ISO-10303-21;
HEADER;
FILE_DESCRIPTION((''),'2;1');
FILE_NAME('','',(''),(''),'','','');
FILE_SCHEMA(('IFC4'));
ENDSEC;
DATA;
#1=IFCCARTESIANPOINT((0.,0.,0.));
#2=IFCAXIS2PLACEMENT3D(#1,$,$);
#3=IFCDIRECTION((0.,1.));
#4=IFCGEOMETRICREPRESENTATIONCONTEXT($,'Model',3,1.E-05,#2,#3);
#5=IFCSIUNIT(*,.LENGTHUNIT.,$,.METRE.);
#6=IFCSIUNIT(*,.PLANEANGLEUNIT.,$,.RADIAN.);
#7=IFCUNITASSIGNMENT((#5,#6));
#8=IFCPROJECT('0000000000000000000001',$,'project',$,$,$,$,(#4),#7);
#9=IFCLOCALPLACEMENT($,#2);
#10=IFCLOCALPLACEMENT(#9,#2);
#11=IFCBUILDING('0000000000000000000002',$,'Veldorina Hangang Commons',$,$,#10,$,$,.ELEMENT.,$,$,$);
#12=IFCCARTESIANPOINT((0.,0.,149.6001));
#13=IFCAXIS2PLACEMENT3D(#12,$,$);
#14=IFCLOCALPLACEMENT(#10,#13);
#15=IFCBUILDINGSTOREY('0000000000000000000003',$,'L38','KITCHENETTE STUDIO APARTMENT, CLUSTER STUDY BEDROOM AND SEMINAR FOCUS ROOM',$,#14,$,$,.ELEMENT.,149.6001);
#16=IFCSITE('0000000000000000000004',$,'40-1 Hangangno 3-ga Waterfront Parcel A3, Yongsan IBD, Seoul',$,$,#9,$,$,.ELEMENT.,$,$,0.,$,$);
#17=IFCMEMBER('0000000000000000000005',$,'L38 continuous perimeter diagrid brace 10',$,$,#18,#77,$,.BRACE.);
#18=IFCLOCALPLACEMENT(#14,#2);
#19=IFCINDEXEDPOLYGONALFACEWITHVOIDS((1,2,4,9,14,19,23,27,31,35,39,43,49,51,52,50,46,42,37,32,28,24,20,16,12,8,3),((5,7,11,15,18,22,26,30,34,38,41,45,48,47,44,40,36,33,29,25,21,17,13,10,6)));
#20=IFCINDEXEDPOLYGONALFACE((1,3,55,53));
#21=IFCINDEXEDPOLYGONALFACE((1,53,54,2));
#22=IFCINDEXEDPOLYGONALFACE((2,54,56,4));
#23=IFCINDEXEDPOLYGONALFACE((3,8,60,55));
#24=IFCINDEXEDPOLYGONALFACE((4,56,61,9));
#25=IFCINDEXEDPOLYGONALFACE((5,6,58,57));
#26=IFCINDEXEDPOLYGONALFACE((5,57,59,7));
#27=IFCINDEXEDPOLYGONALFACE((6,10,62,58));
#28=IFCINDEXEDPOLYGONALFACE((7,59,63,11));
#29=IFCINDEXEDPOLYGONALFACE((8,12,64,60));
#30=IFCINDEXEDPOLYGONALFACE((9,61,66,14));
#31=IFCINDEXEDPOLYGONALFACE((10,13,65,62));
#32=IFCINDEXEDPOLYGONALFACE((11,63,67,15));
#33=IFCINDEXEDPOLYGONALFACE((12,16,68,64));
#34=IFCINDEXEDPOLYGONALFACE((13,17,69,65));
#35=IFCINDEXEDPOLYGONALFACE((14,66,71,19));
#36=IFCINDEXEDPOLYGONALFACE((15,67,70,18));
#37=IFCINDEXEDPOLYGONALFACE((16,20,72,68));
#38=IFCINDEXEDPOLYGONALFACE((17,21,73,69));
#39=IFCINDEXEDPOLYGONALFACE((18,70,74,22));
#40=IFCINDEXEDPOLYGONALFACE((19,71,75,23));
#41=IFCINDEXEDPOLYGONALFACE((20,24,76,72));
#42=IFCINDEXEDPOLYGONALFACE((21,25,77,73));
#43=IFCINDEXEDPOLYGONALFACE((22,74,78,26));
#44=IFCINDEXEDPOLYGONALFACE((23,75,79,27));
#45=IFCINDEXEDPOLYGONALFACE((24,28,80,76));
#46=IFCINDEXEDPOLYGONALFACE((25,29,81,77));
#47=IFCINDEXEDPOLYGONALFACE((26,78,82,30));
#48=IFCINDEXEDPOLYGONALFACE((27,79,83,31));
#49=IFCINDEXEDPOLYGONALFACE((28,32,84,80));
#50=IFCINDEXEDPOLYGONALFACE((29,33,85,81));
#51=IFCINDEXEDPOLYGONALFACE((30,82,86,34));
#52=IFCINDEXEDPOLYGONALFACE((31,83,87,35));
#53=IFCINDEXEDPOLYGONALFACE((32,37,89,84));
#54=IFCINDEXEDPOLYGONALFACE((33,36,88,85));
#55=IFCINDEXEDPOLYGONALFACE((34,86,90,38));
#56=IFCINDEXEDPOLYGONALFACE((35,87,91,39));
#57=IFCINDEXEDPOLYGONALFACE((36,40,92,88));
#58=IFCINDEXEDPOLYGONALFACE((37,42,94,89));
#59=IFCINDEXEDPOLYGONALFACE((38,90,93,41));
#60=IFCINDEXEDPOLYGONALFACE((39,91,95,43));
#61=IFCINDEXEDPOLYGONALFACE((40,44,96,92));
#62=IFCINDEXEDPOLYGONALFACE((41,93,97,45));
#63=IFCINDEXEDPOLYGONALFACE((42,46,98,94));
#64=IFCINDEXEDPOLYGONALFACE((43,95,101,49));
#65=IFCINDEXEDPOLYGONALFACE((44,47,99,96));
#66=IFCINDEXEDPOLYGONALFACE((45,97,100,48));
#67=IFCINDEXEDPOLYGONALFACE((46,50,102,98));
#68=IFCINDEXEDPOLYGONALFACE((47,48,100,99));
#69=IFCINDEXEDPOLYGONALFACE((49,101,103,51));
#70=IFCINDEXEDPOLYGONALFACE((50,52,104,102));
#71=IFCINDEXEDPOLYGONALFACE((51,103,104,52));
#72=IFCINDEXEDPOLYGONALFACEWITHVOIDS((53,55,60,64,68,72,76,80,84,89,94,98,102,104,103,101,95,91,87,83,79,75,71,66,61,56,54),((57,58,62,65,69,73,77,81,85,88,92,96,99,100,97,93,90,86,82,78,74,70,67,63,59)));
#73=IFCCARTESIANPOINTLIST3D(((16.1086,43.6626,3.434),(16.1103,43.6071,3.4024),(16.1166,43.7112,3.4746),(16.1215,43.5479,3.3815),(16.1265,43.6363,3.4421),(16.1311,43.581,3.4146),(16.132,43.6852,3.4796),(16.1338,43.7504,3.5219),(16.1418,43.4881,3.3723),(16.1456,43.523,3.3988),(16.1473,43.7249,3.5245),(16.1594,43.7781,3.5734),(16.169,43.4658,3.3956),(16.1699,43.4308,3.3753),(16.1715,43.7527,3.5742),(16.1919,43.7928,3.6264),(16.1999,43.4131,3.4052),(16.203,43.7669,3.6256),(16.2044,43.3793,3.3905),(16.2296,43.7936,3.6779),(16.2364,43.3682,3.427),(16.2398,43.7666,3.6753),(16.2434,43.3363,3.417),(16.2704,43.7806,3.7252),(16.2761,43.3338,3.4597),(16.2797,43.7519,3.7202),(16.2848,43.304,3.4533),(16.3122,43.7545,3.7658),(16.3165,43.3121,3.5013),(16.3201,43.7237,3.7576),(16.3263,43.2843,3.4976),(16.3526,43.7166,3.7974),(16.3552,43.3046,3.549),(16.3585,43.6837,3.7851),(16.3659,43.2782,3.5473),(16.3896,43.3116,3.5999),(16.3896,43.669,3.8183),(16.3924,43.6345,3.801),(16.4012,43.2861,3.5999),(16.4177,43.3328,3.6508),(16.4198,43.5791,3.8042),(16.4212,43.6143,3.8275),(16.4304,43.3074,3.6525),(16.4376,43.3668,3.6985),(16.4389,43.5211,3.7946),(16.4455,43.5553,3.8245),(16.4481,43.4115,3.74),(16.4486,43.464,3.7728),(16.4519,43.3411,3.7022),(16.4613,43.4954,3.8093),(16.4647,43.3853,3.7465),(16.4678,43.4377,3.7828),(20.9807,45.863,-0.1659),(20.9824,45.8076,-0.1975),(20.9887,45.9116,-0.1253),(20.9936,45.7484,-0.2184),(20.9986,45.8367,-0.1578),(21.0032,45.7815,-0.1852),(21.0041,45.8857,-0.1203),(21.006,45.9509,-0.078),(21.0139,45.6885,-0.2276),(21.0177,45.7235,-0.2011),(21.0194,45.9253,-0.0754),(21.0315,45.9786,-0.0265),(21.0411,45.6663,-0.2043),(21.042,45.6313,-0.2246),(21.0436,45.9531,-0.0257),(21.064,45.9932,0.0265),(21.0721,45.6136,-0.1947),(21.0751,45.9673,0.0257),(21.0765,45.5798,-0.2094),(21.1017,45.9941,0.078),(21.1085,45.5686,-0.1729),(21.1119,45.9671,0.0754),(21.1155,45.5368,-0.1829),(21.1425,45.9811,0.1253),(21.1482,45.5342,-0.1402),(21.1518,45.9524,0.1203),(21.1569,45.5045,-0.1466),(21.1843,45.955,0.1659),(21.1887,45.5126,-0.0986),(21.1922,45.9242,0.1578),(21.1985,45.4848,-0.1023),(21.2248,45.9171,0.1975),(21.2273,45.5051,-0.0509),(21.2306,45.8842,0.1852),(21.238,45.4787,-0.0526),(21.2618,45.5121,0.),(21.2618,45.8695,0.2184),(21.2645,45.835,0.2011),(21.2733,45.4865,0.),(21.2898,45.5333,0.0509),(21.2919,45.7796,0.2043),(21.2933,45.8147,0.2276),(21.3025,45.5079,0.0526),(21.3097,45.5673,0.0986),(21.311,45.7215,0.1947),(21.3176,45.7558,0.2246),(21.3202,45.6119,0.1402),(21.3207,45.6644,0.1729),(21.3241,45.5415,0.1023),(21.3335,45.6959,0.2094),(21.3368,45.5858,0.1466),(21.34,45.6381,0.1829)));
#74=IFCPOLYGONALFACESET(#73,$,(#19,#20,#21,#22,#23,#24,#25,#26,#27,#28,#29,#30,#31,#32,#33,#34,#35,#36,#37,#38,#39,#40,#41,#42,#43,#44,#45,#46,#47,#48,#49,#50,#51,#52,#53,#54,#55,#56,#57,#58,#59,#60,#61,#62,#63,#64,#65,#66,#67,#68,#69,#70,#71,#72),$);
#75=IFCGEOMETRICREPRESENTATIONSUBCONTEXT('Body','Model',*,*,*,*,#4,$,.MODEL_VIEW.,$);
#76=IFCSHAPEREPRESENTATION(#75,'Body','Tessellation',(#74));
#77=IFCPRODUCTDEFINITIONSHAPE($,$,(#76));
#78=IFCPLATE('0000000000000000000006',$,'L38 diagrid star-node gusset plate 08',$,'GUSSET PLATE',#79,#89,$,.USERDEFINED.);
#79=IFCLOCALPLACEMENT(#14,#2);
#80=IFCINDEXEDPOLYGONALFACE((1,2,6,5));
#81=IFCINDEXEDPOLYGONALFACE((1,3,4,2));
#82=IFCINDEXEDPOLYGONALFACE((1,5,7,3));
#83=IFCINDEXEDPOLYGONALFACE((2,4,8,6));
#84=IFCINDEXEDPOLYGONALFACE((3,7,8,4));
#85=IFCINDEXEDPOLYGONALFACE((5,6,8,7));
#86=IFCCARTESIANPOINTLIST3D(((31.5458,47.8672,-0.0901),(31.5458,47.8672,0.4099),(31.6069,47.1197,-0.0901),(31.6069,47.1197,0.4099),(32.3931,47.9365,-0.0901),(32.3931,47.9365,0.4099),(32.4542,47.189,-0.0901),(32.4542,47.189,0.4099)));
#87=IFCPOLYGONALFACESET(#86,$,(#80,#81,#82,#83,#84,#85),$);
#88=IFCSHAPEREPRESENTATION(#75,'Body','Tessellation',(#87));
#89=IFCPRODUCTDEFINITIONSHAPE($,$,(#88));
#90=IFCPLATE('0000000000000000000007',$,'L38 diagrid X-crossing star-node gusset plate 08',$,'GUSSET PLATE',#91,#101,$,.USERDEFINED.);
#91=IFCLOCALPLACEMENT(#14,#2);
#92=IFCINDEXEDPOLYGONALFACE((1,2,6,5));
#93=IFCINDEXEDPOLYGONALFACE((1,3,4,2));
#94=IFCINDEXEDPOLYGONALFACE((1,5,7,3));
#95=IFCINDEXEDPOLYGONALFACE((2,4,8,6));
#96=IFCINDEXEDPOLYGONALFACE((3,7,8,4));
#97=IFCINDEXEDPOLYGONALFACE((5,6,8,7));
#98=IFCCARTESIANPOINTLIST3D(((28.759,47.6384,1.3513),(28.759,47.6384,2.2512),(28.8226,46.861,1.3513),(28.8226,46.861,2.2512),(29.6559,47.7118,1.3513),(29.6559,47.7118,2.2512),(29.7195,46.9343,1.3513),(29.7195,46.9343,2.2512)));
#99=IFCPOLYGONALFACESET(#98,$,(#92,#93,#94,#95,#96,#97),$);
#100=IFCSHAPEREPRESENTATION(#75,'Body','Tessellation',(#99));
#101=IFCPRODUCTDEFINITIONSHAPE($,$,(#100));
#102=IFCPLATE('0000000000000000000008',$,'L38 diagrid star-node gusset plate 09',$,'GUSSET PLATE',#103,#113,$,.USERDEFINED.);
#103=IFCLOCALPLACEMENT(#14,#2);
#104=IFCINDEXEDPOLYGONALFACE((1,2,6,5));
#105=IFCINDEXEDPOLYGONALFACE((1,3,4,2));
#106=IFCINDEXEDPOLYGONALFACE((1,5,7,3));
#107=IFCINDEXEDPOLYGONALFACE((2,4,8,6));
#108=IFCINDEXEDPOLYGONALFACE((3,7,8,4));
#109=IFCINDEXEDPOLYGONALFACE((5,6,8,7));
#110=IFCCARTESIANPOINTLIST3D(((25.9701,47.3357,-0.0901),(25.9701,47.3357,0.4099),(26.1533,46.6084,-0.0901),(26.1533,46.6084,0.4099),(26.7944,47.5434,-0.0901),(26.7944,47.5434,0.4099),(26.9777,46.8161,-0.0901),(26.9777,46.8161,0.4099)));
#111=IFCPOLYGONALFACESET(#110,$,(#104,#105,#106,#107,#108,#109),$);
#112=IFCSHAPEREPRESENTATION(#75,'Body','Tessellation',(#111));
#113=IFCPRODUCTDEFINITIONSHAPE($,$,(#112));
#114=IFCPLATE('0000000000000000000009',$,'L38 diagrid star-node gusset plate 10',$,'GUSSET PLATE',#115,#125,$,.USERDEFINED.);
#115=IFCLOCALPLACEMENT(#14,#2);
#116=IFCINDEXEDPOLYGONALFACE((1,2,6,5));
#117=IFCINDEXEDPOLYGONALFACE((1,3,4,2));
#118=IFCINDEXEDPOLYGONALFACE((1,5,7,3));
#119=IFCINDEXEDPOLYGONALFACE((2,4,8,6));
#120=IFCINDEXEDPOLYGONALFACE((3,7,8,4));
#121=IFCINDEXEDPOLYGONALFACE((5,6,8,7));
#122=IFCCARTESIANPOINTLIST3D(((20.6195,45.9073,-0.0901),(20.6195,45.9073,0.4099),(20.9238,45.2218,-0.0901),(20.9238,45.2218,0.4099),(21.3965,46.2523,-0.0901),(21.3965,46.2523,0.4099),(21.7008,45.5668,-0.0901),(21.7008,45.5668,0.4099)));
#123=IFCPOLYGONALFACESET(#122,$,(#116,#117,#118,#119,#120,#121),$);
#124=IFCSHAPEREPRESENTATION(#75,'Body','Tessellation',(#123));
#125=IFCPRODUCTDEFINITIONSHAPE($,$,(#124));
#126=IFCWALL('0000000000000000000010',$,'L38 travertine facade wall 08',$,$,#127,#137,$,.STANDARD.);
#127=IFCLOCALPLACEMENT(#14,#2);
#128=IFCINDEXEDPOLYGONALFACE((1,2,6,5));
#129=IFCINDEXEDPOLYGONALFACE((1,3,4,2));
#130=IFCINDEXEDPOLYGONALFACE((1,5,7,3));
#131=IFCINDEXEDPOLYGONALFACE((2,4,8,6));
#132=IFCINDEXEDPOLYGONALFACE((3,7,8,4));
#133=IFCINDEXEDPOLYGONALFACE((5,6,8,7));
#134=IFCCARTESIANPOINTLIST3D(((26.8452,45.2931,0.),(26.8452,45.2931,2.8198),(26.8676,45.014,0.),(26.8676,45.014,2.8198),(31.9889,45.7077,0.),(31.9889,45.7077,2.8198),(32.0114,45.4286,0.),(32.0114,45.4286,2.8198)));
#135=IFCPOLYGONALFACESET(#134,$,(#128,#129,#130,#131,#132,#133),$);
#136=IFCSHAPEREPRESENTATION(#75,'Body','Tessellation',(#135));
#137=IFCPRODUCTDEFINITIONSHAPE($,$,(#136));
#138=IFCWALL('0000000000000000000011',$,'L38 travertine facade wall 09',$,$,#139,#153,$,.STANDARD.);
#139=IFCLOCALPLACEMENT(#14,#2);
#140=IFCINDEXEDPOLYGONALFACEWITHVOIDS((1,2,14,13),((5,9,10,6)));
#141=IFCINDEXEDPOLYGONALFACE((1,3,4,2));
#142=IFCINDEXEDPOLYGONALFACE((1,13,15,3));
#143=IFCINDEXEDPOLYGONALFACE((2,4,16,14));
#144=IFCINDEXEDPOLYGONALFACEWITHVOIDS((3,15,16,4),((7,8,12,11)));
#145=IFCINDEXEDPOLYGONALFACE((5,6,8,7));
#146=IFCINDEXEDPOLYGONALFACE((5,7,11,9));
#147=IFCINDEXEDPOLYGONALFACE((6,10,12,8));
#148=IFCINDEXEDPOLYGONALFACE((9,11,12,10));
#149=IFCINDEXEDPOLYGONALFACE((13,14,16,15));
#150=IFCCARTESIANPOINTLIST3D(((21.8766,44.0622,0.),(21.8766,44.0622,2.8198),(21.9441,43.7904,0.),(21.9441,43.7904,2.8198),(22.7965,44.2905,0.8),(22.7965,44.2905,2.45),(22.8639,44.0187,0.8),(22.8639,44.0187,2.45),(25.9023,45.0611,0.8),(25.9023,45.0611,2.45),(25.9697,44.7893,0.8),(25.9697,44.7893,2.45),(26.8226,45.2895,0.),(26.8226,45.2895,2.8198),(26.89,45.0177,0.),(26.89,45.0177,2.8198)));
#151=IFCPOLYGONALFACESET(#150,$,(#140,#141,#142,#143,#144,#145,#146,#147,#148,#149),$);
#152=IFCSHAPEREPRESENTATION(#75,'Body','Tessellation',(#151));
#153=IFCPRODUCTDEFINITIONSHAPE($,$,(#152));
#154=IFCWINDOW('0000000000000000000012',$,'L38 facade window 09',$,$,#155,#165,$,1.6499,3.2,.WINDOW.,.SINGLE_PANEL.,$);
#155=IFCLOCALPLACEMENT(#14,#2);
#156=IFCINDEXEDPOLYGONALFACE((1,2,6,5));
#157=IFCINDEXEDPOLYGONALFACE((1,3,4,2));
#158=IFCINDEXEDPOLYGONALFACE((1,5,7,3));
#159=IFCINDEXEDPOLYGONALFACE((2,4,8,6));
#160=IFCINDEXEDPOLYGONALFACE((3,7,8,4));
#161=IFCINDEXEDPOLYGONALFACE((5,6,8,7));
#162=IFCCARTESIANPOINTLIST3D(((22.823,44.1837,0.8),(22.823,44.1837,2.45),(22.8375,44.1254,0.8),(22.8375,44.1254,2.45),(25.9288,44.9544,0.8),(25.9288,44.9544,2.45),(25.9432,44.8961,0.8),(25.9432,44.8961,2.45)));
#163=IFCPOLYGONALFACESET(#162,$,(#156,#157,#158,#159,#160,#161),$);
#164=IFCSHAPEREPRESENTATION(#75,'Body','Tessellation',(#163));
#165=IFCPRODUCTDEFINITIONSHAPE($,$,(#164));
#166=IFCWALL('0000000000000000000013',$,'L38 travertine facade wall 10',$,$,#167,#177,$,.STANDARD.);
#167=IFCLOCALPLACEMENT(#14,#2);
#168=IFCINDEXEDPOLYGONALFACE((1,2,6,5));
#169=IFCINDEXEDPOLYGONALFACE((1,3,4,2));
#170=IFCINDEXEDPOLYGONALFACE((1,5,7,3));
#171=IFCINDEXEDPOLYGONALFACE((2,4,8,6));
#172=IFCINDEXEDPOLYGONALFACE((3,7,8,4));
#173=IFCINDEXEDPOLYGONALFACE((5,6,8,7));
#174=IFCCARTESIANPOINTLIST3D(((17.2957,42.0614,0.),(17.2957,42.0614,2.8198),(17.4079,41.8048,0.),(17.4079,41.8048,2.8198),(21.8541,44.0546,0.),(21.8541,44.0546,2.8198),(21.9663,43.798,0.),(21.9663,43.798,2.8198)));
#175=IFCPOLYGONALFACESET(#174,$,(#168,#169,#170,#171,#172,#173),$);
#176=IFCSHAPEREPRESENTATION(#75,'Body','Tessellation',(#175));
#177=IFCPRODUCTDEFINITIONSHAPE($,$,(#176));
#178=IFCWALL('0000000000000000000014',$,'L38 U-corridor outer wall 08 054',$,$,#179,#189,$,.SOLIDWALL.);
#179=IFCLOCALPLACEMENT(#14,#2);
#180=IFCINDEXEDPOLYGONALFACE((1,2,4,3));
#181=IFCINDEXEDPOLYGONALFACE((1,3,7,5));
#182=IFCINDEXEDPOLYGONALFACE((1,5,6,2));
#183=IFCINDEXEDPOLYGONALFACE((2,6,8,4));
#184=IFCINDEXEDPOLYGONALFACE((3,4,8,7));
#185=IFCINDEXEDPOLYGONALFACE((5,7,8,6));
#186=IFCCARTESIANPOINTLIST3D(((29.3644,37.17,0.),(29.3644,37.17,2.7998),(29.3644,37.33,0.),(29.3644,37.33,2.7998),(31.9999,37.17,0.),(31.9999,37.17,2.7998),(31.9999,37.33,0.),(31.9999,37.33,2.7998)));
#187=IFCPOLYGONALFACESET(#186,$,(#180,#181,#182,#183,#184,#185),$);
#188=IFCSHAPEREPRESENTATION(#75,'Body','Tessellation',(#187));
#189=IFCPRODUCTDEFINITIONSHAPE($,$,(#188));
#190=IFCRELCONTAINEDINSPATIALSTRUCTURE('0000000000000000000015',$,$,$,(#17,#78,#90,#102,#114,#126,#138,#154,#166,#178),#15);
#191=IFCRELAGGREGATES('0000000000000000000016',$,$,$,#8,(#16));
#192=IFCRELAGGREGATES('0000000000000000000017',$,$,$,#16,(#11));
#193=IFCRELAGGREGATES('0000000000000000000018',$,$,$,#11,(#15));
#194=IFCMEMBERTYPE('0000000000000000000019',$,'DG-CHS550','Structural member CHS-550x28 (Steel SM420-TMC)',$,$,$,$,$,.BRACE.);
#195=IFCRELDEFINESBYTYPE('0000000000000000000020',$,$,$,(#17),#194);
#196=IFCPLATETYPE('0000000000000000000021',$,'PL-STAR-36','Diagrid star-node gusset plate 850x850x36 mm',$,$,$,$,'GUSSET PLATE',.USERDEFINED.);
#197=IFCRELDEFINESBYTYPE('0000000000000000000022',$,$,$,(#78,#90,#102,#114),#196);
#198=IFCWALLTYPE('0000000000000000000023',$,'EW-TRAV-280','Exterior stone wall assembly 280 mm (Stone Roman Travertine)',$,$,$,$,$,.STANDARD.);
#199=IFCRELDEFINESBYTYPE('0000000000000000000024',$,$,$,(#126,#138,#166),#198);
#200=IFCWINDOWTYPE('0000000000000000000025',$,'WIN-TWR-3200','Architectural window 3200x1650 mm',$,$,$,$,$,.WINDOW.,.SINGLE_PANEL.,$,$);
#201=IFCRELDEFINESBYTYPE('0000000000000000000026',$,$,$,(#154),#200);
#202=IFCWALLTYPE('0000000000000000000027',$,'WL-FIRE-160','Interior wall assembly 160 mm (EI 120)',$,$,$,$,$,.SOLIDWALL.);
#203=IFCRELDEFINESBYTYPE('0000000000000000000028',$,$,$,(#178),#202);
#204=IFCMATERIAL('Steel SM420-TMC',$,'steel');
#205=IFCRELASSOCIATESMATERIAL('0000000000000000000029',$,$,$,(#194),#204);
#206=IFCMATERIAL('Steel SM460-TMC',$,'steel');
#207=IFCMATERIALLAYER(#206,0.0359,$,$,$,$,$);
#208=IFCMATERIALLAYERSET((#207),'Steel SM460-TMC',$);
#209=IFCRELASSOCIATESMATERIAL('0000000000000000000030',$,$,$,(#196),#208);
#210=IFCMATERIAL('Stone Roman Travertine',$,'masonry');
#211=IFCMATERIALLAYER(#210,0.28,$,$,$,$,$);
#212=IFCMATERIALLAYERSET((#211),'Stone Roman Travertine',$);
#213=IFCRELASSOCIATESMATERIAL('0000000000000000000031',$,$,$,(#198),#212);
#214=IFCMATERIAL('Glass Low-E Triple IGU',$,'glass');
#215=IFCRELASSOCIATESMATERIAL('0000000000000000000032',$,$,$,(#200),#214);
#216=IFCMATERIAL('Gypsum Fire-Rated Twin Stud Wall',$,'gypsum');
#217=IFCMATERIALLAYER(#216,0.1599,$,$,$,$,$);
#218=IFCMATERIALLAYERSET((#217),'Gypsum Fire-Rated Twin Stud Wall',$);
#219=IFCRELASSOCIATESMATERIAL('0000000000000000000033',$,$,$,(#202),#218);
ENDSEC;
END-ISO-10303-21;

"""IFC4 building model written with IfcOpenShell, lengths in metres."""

from ifc_helpers import new_model, si_unit, direction, frame, frame_2d, origin, origin_2d, place, context, subcontext, project, spatial, rectangle, hollow_circle, extrude, material, layer, layer_set, material_profile, profile_set, type_object, element, fill, save


model = new_model("IFC4")

# Units and contexts
model_context = context("Model", 3, precision=1e-05, world=origin(), true_north=direction((0.0, 1.0)))
body_context = subcontext(model_context, "Body", "Model", "MODEL_VIEW")
ifc_project = project(units=[si_unit("LENGTHUNIT", "METRE"), si_unit("PLANEANGLEUNIT", "RADIAN")], contexts=[model_context])

# Site, building, storey
site_placement = place(None, origin())
site = spatial("IfcSite", under=ifc_project, at=site_placement, Name="40-1 Hangangno 3-ga Waterfront Parcel A3, Yongsan IBD, Seoul", CompositionType="ELEMENT", RefElevation=0.0)
building_placement = place(site_placement, origin())
building = spatial("IfcBuilding", under=site, at=building_placement, Name="Veldorina Hangang Commons", CompositionType="ELEMENT")
storey_placement = place(building_placement, frame((0.0, 0.0, 149.6001)))
storey = spatial("IfcBuildingStorey", under=building, at=storey_placement, Name="L38", Description="KITCHENETTE STUDIO APARTMENT, CLUSTER STUDY BEDROOM AND SEMINAR FOCUS ROOM", CompositionType="ELEMENT", Elevation=149.6001)

# Shared definitions
ifc_material_1 = material(Name="Steel SM420-TMC", Category="steel")

# Member
ifc_material_profile_1 = material_profile(ifc_material_1, hollow_circle(Radius=0.2749, WallThickness=0.0281, at=origin_2d()), Name="CHS-550x28")
ifc_profile_set_1 = profile_set([ifc_material_profile_1], Name="Steel SM420-TMC")
member_type = type_object("IfcMemberType", Name="DG-CHS550", Description="Structural member CHS-550x28 (Steel SM420-TMC)", PredefinedType="BRACE", material=ifc_profile_set_1)
member_1_placement = place(storey_placement, frame((21.1602, 45.7371, 0.0), z_axis=(-0.755946, -0.341418, 0.55855), x_axis=(0.41161, -0.91136, 0.0)))
element("IfcMember", 1, at=member_1_placement, inside=storey, type_object=member_type, Name="L38 continuous perimeter diagrid brace 10", PredefinedType="BRACE", context=body_context, shape_type="SweptSolid", body=[
    extrude(hollow_circle(Radius=0.2749, WallThickness=0.0281, at=origin_2d()), origin(), (0.0, 0.0, 1.0), 6.4451),
])

# Plates
ifc_material_2 = material(Name="Steel SM460-TMC", Category="steel")
ifc_layer_1 = layer(ifc_material_2, 0.0359)
ifc_layer_set_1 = layer_set([ifc_layer_1], Name="Steel SM460-TMC")
plate_type = type_object("IfcPlateType", Name="PL-STAR-36", Description="Diagrid star-node gusset plate 850x850x36 mm", ElementType="GUSSET PLATE", PredefinedType="USERDEFINED", material=ifc_layer_set_1)
plate_1_placement = place(storey_placement, frame((32.0, 47.5281, -0.0901), z_axis=(0.0, 0.0, 1.0), x_axis=(-0.99667, -0.081538, 0.0)))
element("IfcPlate", 2, at=plate_1_placement, inside=storey, type_object=plate_type, Name="L38 diagrid star-node gusset plate 08", ObjectType="GUSSET PLATE", PredefinedType="USERDEFINED", context=body_context, shape_type="SweptSolid", body=[
    extrude(rectangle(XDim=0.8501, YDim=0.75, at=origin_2d()), origin(), (0.0, 0.0, 1.0), 0.5),
])
plate_2_placement = place(storey_placement, frame((29.2393, 47.2864, 1.3513), z_axis=(0.0, 0.0, 1.0), x_axis=(-0.99667, -0.081538, 0.0)))
element("IfcPlate", 3, at=plate_2_placement, inside=storey, type_object=plate_type, Name="L38 diagrid X-crossing star-node gusset plate 08", ObjectType="GUSSET PLATE", PredefinedType="USERDEFINED", context=body_context, shape_type="SweptSolid", body=[
    extrude(rectangle(XDim=0.8999, YDim=0.78, at=origin_2d()), origin(), (0.0, 0.0, 1.0), 0.8999),
])
for number, where, z_axis, x_axis, name in (
    (4, (26.4739, 47.0759, -0.0901), (0.0, 0.0, 1.0), (-0.969693, -0.244326, 0.0), "L38 diagrid star-node gusset plate 09"),
    (5, (21.1602, 45.7371, -0.0901), (0.0, 0.0, 1.0), (-0.913971, -0.40578, 0.0), "L38 diagrid star-node gusset plate 10"),
):
    element("IfcPlate", number, at=place(storey_placement, frame(where, z_axis=z_axis, x_axis=x_axis)), inside=storey, type_object=plate_type, Name=name, ObjectType="GUSSET PLATE", PredefinedType="USERDEFINED", context=body_context, shape_type="SweptSolid", body=[
        extrude(rectangle(XDim=0.8501, YDim=0.75, at=origin_2d()), origin(), (0.0, 0.0, 1.0), 0.5),
    ])

# Wall
ifc_material_3 = material(Name="Stone Roman Travertine", Category="masonry")
ifc_layer_2 = layer(ifc_material_3, 0.28)
ifc_layer_set_2 = layer_set([ifc_layer_2], Name="Stone Roman Travertine")
wall_type_1 = type_object("IfcWallType", Name="EW-TRAV-280", Description="Exterior stone wall assembly 280 mm (Stone Roman Travertine)", PredefinedType="STANDARD", material=ifc_layer_set_2)
wall_1_placement = place(storey_placement, frame((32.0, 45.5681, 0.0), z_axis=(0.0, 0.0, 1.0), x_axis=(-0.996768, -0.080332, 0.0)))
element("IfcWall", 6, at=wall_1_placement, inside=storey, type_object=wall_type_1, Name="L38 travertine facade wall 08", PredefinedType="STANDARD", context=body_context, shape_type="SweptSolid", body=[
    extrude(rectangle(XDim=5.1604, YDim=0.28, at=frame_2d((2.5801, 0.0))), origin(), (0.0, 0.0, 1.0), 2.8198),
])

# Wall, opening, window
wall_2_placement = place(storey_placement, frame((26.8562, 45.1536, 0.0), z_axis=(0.0, 0.0, 1.0), x_axis=(-0.970567, -0.240833, 0.0)))
wall_2 = element("IfcWall", 7, at=wall_2_placement, inside=storey, type_object=wall_type_1, Name="L38 travertine facade wall 09", PredefinedType="STANDARD", context=body_context, shape_type="SweptSolid", body=[
    extrude(rectangle(XDim=5.0959, YDim=0.28, at=frame_2d((2.5479, 0.0))), origin(), (0.0, 0.0, 1.0), 2.8198),
])
opening_1_placement = place(wall_2_placement, frame((0.948, 0.0, 0.8)))
opening_1 = element("IfcOpeningElement", 8, at=opening_1_placement, cuts=wall_2, PredefinedType="OPENING", context=body_context, shape_type="SweptSolid", body=[
    extrude(rectangle(XDim=3.2, YDim=1.6499, at=frame_2d((1.6001, 0.825))), frame((0.0, 0.1499, 0.0), z_axis=(0.0, -1.0, 0.0), x_axis=(1.0, 0.0, 0.0)), (0.0, 0.0, 1.0), 0.3),
])
ifc_material_4 = material(Name="Glass Low-E Triple IGU", Category="glass")
window_type = type_object("IfcWindowType", Name="WIN-TWR-3200", Description="Architectural window 3200x1650 mm", PartitioningType="SINGLE_PANEL", PredefinedType="WINDOW", material=ifc_material_4)
window_placement = place(opening_1_placement, origin())
window = element("IfcWindow", 9, at=window_placement, inside=storey, type_object=window_type, Name="L38 facade window 09", OverallHeight=1.6499, OverallWidth=3.2, PartitioningType="SINGLE_PANEL", PredefinedType="WINDOW", context=body_context, shape_type="SweptSolid", body=[
    extrude(rectangle(XDim=3.2, YDim=1.6499, at=frame_2d((1.6001, 0.825))), frame((0.0, 0.03, 0.0), z_axis=(0.0, -1.0, 0.0), x_axis=(1.0, 0.0, 0.0)), (0.0, 0.0, 1.0), 0.0601),
])
fill(opening_1, window)

# Walls
wall_3_placement = place(storey_placement, frame((21.9102, 43.9263, 0.0), z_axis=(0.0, 0.0, 1.0), x_axis=(-0.91624, -0.400631, 0.0)))
element("IfcWall", 10, at=wall_3_placement, inside=storey, type_object=wall_type_1, Name="L38 travertine facade wall 10", PredefinedType="STANDARD", context=body_context, shape_type="SweptSolid", body=[
    extrude(rectangle(XDim=4.9751, YDim=0.28, at=frame_2d((2.4875, 0.0))), origin(), (0.0, 0.0, 1.0), 2.8198),
])
ifc_material_5 = material(Name="Gypsum Fire-Rated Twin Stud Wall", Category="gypsum")
ifc_layer_3 = layer(ifc_material_5, 0.1599)
ifc_layer_set_3 = layer_set([ifc_layer_3], Name="Gypsum Fire-Rated Twin Stud Wall")
wall_type_2 = type_object("IfcWallType", Name="WL-FIRE-160", Description="Interior wall assembly 160 mm (EI 120)", PredefinedType="SOLIDWALL", material=ifc_layer_set_3)
wall_4_placement = place(storey_placement, frame((32.0, 37.25, 0.0), z_axis=(0.0, 0.0, 1.0), x_axis=(-1.0, 0.0, 0.0)))
element("IfcWall", 11, at=wall_4_placement, inside=storey, type_object=wall_type_2, Name="L38 U-corridor outer wall 08 054", PredefinedType="SOLIDWALL", context=body_context, shape_type="SweptSolid", body=[
    extrude(rectangle(XDim=2.6355, YDim=0.1599, at=frame_2d((1.3179, 0.0))), origin(), (0.0, 0.0, 1.0), 2.7998),
])

save(model, "model.ifc")
